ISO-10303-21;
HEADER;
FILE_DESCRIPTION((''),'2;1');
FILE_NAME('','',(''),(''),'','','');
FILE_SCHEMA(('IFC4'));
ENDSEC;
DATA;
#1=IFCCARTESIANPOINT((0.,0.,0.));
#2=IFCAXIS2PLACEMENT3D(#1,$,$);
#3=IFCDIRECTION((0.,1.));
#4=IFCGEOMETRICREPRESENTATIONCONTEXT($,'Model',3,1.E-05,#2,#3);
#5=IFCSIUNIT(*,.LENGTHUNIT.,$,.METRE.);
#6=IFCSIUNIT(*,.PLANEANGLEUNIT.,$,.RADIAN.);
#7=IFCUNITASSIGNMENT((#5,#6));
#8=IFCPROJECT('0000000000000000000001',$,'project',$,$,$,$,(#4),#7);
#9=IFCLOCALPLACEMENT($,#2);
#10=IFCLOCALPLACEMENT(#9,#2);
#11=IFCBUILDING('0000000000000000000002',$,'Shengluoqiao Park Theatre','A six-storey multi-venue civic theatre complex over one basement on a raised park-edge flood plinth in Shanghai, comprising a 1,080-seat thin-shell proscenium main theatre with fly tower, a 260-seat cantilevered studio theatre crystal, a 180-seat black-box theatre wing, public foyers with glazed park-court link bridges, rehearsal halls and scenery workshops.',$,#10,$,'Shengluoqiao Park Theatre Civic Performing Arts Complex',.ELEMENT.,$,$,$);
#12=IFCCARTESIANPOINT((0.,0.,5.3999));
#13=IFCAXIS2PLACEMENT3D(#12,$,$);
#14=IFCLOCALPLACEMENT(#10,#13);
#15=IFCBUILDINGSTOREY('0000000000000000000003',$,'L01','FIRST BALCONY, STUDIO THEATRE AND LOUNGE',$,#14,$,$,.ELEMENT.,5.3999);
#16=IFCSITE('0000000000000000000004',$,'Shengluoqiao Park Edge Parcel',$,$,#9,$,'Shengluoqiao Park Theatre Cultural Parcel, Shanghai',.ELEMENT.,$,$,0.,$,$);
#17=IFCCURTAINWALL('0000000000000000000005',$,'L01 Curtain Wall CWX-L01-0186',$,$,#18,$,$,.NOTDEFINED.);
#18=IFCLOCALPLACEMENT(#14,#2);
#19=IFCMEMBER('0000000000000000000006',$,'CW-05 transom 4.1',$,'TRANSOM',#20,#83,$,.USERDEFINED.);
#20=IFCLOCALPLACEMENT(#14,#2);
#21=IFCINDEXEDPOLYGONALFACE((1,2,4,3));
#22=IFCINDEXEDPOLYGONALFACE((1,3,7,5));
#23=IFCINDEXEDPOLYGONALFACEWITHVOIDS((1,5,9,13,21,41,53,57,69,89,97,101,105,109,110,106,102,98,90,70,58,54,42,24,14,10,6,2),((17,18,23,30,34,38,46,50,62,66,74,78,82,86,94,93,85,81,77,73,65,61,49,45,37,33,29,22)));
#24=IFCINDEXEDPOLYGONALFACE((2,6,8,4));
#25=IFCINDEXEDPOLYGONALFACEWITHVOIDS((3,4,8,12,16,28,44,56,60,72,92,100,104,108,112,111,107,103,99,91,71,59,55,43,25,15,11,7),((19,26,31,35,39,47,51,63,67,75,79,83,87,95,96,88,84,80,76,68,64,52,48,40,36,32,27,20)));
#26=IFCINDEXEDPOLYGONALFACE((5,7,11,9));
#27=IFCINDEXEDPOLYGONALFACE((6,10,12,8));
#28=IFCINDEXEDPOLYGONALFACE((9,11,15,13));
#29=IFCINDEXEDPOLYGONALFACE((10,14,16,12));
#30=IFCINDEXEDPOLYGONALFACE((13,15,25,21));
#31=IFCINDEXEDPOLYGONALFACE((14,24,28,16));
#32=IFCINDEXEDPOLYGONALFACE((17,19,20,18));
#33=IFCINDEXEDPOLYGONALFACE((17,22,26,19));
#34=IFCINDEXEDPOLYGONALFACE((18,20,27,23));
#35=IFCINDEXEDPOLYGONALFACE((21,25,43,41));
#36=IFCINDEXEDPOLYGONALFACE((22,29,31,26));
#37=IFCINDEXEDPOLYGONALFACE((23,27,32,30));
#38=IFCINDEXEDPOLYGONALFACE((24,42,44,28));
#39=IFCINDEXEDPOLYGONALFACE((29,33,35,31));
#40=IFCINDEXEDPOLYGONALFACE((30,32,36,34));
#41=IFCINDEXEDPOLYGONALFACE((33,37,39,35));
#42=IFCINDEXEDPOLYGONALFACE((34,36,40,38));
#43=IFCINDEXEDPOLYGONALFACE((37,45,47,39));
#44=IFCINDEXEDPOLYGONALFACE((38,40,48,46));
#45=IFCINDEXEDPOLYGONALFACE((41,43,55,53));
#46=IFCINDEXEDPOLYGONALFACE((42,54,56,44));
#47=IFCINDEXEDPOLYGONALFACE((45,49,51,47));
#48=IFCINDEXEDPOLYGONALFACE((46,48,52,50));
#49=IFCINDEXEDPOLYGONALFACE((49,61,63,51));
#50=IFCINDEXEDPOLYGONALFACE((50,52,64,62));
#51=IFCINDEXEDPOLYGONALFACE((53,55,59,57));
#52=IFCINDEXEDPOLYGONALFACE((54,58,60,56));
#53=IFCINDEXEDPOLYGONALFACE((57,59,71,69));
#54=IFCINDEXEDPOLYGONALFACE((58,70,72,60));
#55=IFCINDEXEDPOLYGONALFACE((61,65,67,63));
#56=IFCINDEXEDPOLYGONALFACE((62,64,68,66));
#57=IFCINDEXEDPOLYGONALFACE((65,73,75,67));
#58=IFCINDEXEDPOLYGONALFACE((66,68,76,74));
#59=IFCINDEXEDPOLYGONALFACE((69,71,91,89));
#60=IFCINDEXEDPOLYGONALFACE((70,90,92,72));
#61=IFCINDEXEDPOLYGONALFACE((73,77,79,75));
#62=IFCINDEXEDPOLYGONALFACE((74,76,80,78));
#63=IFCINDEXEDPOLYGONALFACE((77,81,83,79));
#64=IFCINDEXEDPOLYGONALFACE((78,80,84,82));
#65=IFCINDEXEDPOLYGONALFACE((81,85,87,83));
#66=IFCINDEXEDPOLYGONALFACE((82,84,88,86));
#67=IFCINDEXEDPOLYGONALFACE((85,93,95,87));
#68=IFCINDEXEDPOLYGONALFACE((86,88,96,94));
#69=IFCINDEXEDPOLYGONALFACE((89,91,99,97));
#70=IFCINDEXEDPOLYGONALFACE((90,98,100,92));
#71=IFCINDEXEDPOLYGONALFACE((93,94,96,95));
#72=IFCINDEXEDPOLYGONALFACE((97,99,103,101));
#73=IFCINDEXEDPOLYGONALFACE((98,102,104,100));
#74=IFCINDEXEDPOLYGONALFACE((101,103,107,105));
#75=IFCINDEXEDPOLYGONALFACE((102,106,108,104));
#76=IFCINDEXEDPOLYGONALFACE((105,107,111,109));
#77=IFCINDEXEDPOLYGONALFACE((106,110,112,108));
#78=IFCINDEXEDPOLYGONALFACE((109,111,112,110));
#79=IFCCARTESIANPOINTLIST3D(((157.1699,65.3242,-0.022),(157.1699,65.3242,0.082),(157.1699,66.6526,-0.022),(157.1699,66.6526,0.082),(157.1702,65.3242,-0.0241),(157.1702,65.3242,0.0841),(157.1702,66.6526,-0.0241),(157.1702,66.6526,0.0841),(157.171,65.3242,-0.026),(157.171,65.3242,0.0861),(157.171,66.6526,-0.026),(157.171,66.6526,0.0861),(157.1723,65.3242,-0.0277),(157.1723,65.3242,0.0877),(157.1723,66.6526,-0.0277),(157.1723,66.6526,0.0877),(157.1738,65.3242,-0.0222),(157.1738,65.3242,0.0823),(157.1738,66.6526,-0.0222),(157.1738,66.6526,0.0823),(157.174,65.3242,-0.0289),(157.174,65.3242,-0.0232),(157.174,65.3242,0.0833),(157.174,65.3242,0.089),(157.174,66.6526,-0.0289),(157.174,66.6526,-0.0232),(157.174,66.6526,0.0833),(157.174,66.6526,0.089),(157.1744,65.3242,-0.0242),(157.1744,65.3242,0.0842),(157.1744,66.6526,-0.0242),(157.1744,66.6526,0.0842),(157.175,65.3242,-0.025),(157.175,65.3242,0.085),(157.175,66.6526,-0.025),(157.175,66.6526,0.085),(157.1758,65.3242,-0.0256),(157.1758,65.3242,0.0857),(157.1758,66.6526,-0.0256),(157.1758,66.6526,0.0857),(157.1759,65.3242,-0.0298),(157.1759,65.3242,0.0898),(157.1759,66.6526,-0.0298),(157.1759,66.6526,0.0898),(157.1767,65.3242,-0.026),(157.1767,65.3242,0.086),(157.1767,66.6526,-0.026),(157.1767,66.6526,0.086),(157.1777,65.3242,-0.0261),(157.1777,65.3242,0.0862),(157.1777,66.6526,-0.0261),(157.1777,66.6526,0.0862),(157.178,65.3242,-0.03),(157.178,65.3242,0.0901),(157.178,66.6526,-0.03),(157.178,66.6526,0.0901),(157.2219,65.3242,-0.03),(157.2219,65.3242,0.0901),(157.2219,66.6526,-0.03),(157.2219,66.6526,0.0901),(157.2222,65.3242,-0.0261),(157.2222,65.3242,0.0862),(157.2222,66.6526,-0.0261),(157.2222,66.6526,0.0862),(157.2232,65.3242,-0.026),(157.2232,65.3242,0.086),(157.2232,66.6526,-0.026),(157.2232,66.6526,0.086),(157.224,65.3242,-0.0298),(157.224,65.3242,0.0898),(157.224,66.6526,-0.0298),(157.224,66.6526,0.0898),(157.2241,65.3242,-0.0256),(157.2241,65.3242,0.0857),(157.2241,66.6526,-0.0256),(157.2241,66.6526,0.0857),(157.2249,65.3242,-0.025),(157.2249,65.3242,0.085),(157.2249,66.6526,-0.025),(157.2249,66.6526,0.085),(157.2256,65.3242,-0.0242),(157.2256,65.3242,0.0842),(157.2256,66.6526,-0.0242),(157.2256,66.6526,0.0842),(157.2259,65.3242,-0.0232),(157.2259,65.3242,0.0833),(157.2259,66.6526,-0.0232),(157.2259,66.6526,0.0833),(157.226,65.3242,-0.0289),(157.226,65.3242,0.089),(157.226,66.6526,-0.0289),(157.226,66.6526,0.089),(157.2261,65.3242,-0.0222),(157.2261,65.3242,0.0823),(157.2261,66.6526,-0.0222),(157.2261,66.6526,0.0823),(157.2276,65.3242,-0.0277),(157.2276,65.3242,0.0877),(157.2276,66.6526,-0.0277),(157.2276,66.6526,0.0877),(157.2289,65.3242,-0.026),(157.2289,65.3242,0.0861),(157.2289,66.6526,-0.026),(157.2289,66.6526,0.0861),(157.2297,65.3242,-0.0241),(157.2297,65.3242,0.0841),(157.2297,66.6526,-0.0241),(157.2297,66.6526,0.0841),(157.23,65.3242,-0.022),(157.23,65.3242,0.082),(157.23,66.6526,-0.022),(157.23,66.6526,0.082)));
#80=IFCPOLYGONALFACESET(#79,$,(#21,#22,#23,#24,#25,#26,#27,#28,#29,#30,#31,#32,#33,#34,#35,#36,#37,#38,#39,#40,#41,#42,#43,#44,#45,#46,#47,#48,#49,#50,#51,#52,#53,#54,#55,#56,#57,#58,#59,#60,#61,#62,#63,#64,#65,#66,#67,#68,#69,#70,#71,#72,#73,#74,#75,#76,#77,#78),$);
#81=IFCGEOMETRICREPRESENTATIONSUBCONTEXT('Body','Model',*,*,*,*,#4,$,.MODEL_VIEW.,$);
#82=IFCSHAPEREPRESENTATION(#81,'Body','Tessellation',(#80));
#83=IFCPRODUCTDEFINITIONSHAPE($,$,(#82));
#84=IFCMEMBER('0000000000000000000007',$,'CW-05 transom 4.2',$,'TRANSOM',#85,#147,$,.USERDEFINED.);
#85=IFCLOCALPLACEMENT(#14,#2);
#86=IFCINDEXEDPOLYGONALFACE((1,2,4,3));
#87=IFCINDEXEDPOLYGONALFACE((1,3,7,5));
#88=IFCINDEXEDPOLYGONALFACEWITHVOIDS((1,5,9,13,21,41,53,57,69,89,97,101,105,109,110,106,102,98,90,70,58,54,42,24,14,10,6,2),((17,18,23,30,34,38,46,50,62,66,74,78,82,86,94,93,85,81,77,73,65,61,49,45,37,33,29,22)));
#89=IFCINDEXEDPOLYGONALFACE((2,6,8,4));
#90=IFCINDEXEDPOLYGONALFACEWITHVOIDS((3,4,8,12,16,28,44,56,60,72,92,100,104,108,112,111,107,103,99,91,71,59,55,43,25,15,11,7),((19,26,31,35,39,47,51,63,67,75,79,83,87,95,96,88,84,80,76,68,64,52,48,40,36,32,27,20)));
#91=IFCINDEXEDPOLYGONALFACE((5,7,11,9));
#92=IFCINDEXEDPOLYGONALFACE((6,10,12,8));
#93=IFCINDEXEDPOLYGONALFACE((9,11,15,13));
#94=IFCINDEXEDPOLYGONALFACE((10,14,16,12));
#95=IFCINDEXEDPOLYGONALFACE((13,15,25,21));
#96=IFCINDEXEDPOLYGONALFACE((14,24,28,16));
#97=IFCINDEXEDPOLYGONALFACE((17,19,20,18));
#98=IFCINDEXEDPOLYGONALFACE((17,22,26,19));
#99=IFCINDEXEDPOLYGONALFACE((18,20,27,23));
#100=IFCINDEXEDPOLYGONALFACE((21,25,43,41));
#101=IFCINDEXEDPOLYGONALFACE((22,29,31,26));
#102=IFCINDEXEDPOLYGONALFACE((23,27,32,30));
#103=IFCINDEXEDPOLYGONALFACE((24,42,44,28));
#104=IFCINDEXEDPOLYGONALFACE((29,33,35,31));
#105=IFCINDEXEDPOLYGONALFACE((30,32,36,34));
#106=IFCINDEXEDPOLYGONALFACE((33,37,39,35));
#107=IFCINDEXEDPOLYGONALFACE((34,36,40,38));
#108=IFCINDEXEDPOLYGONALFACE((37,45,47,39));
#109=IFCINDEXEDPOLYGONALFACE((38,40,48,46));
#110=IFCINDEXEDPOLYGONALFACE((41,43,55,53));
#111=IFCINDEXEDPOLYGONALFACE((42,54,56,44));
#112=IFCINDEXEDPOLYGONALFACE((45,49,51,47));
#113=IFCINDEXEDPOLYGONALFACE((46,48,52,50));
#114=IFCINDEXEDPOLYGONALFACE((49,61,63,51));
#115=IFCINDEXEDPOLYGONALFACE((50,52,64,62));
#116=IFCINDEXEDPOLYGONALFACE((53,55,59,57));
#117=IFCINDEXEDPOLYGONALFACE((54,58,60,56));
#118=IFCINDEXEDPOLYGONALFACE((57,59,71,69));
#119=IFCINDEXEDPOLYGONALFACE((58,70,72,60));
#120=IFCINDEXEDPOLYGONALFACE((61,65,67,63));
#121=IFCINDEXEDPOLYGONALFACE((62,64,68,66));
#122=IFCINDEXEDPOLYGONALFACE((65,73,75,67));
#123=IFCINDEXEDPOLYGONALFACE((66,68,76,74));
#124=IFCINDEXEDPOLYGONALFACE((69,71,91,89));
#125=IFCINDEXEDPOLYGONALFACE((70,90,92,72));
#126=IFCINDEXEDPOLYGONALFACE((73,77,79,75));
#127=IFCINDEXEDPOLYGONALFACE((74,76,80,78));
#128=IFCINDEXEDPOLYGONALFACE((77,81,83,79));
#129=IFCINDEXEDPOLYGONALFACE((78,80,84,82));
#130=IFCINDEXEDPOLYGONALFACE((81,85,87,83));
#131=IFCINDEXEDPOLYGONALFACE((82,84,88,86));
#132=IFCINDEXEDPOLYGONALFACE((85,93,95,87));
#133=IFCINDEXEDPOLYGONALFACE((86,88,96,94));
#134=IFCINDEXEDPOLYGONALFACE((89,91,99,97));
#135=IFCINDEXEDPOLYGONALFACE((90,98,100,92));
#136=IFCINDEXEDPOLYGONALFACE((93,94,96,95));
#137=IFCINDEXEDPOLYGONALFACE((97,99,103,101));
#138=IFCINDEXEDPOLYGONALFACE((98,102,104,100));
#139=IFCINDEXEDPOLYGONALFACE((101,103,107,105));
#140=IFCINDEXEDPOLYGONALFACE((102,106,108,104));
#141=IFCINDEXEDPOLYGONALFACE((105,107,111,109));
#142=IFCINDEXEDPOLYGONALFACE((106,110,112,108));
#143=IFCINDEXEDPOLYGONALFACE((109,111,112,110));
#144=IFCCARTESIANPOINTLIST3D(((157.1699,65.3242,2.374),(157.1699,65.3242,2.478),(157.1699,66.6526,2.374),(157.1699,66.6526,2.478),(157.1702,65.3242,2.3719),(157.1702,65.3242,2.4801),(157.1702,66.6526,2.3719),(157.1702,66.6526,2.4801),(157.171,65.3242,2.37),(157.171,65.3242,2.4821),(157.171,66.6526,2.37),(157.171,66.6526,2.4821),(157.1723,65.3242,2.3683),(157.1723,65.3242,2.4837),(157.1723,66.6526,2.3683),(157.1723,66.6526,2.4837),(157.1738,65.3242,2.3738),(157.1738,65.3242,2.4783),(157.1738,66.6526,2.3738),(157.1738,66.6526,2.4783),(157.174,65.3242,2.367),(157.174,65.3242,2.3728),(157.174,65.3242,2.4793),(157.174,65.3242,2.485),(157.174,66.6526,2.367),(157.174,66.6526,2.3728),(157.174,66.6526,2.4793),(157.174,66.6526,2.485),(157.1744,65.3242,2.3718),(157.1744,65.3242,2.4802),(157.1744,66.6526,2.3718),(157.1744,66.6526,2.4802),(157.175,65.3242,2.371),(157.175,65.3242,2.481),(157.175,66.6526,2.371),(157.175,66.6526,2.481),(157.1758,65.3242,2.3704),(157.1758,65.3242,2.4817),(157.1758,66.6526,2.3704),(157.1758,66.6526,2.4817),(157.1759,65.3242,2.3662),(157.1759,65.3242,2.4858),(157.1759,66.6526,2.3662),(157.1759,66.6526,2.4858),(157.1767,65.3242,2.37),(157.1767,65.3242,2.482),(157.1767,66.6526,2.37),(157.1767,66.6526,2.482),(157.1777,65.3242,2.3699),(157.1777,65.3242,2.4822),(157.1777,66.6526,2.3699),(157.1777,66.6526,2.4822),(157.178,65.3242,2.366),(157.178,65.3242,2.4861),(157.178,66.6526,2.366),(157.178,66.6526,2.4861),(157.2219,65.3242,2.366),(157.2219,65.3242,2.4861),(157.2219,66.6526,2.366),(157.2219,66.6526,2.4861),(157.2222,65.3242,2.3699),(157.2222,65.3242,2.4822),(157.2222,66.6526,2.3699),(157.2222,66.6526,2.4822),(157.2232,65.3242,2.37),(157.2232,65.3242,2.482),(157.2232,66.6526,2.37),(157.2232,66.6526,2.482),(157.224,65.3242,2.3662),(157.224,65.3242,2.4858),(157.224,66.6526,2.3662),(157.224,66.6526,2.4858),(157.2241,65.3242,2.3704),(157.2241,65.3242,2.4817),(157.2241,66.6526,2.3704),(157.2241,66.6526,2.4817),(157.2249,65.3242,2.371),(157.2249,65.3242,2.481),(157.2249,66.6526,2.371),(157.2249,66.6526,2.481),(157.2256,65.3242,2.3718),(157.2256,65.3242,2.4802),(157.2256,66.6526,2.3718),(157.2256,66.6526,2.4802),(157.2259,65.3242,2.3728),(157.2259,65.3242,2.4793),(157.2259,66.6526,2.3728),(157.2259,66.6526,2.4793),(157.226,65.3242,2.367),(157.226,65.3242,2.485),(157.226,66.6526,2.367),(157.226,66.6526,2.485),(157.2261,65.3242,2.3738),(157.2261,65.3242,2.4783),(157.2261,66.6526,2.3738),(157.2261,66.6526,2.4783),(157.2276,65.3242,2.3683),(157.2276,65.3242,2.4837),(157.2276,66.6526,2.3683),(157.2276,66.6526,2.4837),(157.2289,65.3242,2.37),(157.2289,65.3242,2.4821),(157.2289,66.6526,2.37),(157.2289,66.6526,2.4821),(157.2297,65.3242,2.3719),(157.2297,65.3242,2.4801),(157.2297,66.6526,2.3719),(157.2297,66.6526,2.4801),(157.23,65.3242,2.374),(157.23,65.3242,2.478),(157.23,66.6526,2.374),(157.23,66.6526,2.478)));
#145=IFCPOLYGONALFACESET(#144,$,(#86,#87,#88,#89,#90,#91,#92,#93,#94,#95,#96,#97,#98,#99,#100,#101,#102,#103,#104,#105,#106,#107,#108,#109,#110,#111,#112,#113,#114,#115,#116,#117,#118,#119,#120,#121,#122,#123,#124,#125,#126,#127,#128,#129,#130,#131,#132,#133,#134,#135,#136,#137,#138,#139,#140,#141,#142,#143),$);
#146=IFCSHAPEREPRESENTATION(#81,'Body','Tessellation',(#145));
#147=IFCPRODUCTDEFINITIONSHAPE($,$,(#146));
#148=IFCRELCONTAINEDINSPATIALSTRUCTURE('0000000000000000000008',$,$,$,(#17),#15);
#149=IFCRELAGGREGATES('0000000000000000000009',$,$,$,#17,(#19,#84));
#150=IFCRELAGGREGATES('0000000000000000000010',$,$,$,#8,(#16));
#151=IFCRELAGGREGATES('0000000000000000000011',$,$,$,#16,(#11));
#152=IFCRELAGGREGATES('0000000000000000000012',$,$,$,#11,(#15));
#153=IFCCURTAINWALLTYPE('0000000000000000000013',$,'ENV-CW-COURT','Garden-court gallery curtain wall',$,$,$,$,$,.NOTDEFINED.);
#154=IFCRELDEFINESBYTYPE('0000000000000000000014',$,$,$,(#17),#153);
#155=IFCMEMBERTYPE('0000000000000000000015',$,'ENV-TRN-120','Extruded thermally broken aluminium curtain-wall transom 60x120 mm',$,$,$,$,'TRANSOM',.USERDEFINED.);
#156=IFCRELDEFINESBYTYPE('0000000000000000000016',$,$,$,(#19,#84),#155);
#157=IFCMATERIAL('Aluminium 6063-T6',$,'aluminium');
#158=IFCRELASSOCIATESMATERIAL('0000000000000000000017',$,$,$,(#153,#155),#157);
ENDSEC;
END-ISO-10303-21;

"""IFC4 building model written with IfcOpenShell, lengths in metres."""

from ifc_helpers import new_model, si_unit, direction, frame, origin, origin_2d, place, context, subcontext, project, spatial, hollow_rectangle, extrude, material, material_profile, profile_set, type_object, element, aggregate, save


model = new_model("IFC4")

# Units and contexts
model_context = context("Model", 3, precision=1e-05, world=origin(), true_north=direction((0.0, 1.0)))
body_context = subcontext(model_context, "Body", "Model", "MODEL_VIEW")
ifc_project = project(units=[si_unit("LENGTHUNIT", "METRE"), si_unit("PLANEANGLEUNIT", "RADIAN")], contexts=[model_context])

# Site, building, storey
site_placement = place(None, origin())
site = spatial("IfcSite", under=ifc_project, at=site_placement, Name="Shengluoqiao Park Edge Parcel", LongName="Shengluoqiao Park Theatre Cultural Parcel, Shanghai", CompositionType="ELEMENT", RefElevation=0.0)
building_placement = place(site_placement, origin())
building = spatial("IfcBuilding", under=site, at=building_placement, Name="Shengluoqiao Park Theatre", Description="A six-storey multi-venue civic theatre complex over one basement on a raised park-edge flood plinth in Shanghai, comprising a 1,080-seat thin-shell proscenium main theatre with fly tower, a 260-seat cantilevered studio theatre crystal, a 180-seat black-box theatre wing, public foyers with glazed park-court link bridges, rehearsal halls and scenery workshops.", LongName="Shengluoqiao Park Theatre Civic Performing Arts Complex", CompositionType="ELEMENT")
storey_placement = place(building_placement, frame((0.0, 0.0, 5.3999)))
storey = spatial("IfcBuildingStorey", under=building, at=storey_placement, Name="L01", Description="FIRST BALCONY, STUDIO THEATRE AND LOUNGE", CompositionType="ELEMENT", Elevation=5.3999)

# Curtain wall, members
ifc_material_1 = material(Name="Aluminium 6063-T6", Category="aluminium")
curtain_wall_type = type_object("IfcCurtainWallType", Name="ENV-CW-COURT", Description="Garden-court gallery curtain wall", PredefinedType="NOTDEFINED", material=ifc_material_1)
curtain_wall_placement = place(storey_placement, origin())
curtain_wall = element("IfcCurtainWall", 1, at=curtain_wall_placement, inside=storey, type_object=curtain_wall_type, Name="L01 Curtain Wall CWX-L01-0186", PredefinedType="NOTDEFINED")
ifc_material_profile_1 = material_profile(ifc_material_1, hollow_rectangle(XDim=0.0601, YDim=0.1201, WallThickness=0.0039, InnerFilletRadius=0.0039, OuterFilletRadius=0.0081, at=origin_2d()), Name="ALU TRANSOM 120x60x4")
ifc_profile_set_1 = profile_set([ifc_material_profile_1], Name="Aluminium 6063-T6")
member_type_1 = type_object("IfcMemberType", Name="ENV-TRN-120", Description="Extruded thermally broken aluminium curtain-wall transom 60x120 mm", ElementType="TRANSOM", PredefinedType="USERDEFINED", material=ifc_profile_set_1)
member_1_placement = place(storey_placement, frame((157.2, 65.3242, 0.03), z_axis=(0.0, 1.0, 0.0), x_axis=(-1.0, 0.0, 0.0)))
member_1 = element("IfcMember", 2, at=member_1_placement, type_object=member_type_1, Name="CW-05 transom 4.1", ObjectType="TRANSOM", PredefinedType="USERDEFINED", context=body_context, shape_type="SweptSolid", body=[
    extrude(hollow_rectangle(XDim=0.0601, YDim=0.1201, WallThickness=0.0039, InnerFilletRadius=0.0039, OuterFilletRadius=0.0081, at=origin_2d()), origin(), (0.0, 0.0, 1.0), 1.3284),
])
member_2_placement = place(storey_placement, frame((157.2, 65.3242, 2.426), z_axis=(0.0, 1.0, 0.0), x_axis=(-1.0, 0.0, 0.0)))
member_2 = element("IfcMember", 3, at=member_2_placement, type_object=member_type_1, Name="CW-05 transom 4.2", ObjectType="TRANSOM", PredefinedType="USERDEFINED", context=body_context, shape_type="SweptSolid", body=[
    extrude(hollow_rectangle(XDim=0.0601, YDim=0.1201, WallThickness=0.0039, InnerFilletRadius=0.0039, OuterFilletRadius=0.0081, at=origin_2d()), origin(), (0.0, 0.0, 1.0), 1.3284),
])
aggregate(curtain_wall, [member_1, member_2])

save(model, "model.ifc")
